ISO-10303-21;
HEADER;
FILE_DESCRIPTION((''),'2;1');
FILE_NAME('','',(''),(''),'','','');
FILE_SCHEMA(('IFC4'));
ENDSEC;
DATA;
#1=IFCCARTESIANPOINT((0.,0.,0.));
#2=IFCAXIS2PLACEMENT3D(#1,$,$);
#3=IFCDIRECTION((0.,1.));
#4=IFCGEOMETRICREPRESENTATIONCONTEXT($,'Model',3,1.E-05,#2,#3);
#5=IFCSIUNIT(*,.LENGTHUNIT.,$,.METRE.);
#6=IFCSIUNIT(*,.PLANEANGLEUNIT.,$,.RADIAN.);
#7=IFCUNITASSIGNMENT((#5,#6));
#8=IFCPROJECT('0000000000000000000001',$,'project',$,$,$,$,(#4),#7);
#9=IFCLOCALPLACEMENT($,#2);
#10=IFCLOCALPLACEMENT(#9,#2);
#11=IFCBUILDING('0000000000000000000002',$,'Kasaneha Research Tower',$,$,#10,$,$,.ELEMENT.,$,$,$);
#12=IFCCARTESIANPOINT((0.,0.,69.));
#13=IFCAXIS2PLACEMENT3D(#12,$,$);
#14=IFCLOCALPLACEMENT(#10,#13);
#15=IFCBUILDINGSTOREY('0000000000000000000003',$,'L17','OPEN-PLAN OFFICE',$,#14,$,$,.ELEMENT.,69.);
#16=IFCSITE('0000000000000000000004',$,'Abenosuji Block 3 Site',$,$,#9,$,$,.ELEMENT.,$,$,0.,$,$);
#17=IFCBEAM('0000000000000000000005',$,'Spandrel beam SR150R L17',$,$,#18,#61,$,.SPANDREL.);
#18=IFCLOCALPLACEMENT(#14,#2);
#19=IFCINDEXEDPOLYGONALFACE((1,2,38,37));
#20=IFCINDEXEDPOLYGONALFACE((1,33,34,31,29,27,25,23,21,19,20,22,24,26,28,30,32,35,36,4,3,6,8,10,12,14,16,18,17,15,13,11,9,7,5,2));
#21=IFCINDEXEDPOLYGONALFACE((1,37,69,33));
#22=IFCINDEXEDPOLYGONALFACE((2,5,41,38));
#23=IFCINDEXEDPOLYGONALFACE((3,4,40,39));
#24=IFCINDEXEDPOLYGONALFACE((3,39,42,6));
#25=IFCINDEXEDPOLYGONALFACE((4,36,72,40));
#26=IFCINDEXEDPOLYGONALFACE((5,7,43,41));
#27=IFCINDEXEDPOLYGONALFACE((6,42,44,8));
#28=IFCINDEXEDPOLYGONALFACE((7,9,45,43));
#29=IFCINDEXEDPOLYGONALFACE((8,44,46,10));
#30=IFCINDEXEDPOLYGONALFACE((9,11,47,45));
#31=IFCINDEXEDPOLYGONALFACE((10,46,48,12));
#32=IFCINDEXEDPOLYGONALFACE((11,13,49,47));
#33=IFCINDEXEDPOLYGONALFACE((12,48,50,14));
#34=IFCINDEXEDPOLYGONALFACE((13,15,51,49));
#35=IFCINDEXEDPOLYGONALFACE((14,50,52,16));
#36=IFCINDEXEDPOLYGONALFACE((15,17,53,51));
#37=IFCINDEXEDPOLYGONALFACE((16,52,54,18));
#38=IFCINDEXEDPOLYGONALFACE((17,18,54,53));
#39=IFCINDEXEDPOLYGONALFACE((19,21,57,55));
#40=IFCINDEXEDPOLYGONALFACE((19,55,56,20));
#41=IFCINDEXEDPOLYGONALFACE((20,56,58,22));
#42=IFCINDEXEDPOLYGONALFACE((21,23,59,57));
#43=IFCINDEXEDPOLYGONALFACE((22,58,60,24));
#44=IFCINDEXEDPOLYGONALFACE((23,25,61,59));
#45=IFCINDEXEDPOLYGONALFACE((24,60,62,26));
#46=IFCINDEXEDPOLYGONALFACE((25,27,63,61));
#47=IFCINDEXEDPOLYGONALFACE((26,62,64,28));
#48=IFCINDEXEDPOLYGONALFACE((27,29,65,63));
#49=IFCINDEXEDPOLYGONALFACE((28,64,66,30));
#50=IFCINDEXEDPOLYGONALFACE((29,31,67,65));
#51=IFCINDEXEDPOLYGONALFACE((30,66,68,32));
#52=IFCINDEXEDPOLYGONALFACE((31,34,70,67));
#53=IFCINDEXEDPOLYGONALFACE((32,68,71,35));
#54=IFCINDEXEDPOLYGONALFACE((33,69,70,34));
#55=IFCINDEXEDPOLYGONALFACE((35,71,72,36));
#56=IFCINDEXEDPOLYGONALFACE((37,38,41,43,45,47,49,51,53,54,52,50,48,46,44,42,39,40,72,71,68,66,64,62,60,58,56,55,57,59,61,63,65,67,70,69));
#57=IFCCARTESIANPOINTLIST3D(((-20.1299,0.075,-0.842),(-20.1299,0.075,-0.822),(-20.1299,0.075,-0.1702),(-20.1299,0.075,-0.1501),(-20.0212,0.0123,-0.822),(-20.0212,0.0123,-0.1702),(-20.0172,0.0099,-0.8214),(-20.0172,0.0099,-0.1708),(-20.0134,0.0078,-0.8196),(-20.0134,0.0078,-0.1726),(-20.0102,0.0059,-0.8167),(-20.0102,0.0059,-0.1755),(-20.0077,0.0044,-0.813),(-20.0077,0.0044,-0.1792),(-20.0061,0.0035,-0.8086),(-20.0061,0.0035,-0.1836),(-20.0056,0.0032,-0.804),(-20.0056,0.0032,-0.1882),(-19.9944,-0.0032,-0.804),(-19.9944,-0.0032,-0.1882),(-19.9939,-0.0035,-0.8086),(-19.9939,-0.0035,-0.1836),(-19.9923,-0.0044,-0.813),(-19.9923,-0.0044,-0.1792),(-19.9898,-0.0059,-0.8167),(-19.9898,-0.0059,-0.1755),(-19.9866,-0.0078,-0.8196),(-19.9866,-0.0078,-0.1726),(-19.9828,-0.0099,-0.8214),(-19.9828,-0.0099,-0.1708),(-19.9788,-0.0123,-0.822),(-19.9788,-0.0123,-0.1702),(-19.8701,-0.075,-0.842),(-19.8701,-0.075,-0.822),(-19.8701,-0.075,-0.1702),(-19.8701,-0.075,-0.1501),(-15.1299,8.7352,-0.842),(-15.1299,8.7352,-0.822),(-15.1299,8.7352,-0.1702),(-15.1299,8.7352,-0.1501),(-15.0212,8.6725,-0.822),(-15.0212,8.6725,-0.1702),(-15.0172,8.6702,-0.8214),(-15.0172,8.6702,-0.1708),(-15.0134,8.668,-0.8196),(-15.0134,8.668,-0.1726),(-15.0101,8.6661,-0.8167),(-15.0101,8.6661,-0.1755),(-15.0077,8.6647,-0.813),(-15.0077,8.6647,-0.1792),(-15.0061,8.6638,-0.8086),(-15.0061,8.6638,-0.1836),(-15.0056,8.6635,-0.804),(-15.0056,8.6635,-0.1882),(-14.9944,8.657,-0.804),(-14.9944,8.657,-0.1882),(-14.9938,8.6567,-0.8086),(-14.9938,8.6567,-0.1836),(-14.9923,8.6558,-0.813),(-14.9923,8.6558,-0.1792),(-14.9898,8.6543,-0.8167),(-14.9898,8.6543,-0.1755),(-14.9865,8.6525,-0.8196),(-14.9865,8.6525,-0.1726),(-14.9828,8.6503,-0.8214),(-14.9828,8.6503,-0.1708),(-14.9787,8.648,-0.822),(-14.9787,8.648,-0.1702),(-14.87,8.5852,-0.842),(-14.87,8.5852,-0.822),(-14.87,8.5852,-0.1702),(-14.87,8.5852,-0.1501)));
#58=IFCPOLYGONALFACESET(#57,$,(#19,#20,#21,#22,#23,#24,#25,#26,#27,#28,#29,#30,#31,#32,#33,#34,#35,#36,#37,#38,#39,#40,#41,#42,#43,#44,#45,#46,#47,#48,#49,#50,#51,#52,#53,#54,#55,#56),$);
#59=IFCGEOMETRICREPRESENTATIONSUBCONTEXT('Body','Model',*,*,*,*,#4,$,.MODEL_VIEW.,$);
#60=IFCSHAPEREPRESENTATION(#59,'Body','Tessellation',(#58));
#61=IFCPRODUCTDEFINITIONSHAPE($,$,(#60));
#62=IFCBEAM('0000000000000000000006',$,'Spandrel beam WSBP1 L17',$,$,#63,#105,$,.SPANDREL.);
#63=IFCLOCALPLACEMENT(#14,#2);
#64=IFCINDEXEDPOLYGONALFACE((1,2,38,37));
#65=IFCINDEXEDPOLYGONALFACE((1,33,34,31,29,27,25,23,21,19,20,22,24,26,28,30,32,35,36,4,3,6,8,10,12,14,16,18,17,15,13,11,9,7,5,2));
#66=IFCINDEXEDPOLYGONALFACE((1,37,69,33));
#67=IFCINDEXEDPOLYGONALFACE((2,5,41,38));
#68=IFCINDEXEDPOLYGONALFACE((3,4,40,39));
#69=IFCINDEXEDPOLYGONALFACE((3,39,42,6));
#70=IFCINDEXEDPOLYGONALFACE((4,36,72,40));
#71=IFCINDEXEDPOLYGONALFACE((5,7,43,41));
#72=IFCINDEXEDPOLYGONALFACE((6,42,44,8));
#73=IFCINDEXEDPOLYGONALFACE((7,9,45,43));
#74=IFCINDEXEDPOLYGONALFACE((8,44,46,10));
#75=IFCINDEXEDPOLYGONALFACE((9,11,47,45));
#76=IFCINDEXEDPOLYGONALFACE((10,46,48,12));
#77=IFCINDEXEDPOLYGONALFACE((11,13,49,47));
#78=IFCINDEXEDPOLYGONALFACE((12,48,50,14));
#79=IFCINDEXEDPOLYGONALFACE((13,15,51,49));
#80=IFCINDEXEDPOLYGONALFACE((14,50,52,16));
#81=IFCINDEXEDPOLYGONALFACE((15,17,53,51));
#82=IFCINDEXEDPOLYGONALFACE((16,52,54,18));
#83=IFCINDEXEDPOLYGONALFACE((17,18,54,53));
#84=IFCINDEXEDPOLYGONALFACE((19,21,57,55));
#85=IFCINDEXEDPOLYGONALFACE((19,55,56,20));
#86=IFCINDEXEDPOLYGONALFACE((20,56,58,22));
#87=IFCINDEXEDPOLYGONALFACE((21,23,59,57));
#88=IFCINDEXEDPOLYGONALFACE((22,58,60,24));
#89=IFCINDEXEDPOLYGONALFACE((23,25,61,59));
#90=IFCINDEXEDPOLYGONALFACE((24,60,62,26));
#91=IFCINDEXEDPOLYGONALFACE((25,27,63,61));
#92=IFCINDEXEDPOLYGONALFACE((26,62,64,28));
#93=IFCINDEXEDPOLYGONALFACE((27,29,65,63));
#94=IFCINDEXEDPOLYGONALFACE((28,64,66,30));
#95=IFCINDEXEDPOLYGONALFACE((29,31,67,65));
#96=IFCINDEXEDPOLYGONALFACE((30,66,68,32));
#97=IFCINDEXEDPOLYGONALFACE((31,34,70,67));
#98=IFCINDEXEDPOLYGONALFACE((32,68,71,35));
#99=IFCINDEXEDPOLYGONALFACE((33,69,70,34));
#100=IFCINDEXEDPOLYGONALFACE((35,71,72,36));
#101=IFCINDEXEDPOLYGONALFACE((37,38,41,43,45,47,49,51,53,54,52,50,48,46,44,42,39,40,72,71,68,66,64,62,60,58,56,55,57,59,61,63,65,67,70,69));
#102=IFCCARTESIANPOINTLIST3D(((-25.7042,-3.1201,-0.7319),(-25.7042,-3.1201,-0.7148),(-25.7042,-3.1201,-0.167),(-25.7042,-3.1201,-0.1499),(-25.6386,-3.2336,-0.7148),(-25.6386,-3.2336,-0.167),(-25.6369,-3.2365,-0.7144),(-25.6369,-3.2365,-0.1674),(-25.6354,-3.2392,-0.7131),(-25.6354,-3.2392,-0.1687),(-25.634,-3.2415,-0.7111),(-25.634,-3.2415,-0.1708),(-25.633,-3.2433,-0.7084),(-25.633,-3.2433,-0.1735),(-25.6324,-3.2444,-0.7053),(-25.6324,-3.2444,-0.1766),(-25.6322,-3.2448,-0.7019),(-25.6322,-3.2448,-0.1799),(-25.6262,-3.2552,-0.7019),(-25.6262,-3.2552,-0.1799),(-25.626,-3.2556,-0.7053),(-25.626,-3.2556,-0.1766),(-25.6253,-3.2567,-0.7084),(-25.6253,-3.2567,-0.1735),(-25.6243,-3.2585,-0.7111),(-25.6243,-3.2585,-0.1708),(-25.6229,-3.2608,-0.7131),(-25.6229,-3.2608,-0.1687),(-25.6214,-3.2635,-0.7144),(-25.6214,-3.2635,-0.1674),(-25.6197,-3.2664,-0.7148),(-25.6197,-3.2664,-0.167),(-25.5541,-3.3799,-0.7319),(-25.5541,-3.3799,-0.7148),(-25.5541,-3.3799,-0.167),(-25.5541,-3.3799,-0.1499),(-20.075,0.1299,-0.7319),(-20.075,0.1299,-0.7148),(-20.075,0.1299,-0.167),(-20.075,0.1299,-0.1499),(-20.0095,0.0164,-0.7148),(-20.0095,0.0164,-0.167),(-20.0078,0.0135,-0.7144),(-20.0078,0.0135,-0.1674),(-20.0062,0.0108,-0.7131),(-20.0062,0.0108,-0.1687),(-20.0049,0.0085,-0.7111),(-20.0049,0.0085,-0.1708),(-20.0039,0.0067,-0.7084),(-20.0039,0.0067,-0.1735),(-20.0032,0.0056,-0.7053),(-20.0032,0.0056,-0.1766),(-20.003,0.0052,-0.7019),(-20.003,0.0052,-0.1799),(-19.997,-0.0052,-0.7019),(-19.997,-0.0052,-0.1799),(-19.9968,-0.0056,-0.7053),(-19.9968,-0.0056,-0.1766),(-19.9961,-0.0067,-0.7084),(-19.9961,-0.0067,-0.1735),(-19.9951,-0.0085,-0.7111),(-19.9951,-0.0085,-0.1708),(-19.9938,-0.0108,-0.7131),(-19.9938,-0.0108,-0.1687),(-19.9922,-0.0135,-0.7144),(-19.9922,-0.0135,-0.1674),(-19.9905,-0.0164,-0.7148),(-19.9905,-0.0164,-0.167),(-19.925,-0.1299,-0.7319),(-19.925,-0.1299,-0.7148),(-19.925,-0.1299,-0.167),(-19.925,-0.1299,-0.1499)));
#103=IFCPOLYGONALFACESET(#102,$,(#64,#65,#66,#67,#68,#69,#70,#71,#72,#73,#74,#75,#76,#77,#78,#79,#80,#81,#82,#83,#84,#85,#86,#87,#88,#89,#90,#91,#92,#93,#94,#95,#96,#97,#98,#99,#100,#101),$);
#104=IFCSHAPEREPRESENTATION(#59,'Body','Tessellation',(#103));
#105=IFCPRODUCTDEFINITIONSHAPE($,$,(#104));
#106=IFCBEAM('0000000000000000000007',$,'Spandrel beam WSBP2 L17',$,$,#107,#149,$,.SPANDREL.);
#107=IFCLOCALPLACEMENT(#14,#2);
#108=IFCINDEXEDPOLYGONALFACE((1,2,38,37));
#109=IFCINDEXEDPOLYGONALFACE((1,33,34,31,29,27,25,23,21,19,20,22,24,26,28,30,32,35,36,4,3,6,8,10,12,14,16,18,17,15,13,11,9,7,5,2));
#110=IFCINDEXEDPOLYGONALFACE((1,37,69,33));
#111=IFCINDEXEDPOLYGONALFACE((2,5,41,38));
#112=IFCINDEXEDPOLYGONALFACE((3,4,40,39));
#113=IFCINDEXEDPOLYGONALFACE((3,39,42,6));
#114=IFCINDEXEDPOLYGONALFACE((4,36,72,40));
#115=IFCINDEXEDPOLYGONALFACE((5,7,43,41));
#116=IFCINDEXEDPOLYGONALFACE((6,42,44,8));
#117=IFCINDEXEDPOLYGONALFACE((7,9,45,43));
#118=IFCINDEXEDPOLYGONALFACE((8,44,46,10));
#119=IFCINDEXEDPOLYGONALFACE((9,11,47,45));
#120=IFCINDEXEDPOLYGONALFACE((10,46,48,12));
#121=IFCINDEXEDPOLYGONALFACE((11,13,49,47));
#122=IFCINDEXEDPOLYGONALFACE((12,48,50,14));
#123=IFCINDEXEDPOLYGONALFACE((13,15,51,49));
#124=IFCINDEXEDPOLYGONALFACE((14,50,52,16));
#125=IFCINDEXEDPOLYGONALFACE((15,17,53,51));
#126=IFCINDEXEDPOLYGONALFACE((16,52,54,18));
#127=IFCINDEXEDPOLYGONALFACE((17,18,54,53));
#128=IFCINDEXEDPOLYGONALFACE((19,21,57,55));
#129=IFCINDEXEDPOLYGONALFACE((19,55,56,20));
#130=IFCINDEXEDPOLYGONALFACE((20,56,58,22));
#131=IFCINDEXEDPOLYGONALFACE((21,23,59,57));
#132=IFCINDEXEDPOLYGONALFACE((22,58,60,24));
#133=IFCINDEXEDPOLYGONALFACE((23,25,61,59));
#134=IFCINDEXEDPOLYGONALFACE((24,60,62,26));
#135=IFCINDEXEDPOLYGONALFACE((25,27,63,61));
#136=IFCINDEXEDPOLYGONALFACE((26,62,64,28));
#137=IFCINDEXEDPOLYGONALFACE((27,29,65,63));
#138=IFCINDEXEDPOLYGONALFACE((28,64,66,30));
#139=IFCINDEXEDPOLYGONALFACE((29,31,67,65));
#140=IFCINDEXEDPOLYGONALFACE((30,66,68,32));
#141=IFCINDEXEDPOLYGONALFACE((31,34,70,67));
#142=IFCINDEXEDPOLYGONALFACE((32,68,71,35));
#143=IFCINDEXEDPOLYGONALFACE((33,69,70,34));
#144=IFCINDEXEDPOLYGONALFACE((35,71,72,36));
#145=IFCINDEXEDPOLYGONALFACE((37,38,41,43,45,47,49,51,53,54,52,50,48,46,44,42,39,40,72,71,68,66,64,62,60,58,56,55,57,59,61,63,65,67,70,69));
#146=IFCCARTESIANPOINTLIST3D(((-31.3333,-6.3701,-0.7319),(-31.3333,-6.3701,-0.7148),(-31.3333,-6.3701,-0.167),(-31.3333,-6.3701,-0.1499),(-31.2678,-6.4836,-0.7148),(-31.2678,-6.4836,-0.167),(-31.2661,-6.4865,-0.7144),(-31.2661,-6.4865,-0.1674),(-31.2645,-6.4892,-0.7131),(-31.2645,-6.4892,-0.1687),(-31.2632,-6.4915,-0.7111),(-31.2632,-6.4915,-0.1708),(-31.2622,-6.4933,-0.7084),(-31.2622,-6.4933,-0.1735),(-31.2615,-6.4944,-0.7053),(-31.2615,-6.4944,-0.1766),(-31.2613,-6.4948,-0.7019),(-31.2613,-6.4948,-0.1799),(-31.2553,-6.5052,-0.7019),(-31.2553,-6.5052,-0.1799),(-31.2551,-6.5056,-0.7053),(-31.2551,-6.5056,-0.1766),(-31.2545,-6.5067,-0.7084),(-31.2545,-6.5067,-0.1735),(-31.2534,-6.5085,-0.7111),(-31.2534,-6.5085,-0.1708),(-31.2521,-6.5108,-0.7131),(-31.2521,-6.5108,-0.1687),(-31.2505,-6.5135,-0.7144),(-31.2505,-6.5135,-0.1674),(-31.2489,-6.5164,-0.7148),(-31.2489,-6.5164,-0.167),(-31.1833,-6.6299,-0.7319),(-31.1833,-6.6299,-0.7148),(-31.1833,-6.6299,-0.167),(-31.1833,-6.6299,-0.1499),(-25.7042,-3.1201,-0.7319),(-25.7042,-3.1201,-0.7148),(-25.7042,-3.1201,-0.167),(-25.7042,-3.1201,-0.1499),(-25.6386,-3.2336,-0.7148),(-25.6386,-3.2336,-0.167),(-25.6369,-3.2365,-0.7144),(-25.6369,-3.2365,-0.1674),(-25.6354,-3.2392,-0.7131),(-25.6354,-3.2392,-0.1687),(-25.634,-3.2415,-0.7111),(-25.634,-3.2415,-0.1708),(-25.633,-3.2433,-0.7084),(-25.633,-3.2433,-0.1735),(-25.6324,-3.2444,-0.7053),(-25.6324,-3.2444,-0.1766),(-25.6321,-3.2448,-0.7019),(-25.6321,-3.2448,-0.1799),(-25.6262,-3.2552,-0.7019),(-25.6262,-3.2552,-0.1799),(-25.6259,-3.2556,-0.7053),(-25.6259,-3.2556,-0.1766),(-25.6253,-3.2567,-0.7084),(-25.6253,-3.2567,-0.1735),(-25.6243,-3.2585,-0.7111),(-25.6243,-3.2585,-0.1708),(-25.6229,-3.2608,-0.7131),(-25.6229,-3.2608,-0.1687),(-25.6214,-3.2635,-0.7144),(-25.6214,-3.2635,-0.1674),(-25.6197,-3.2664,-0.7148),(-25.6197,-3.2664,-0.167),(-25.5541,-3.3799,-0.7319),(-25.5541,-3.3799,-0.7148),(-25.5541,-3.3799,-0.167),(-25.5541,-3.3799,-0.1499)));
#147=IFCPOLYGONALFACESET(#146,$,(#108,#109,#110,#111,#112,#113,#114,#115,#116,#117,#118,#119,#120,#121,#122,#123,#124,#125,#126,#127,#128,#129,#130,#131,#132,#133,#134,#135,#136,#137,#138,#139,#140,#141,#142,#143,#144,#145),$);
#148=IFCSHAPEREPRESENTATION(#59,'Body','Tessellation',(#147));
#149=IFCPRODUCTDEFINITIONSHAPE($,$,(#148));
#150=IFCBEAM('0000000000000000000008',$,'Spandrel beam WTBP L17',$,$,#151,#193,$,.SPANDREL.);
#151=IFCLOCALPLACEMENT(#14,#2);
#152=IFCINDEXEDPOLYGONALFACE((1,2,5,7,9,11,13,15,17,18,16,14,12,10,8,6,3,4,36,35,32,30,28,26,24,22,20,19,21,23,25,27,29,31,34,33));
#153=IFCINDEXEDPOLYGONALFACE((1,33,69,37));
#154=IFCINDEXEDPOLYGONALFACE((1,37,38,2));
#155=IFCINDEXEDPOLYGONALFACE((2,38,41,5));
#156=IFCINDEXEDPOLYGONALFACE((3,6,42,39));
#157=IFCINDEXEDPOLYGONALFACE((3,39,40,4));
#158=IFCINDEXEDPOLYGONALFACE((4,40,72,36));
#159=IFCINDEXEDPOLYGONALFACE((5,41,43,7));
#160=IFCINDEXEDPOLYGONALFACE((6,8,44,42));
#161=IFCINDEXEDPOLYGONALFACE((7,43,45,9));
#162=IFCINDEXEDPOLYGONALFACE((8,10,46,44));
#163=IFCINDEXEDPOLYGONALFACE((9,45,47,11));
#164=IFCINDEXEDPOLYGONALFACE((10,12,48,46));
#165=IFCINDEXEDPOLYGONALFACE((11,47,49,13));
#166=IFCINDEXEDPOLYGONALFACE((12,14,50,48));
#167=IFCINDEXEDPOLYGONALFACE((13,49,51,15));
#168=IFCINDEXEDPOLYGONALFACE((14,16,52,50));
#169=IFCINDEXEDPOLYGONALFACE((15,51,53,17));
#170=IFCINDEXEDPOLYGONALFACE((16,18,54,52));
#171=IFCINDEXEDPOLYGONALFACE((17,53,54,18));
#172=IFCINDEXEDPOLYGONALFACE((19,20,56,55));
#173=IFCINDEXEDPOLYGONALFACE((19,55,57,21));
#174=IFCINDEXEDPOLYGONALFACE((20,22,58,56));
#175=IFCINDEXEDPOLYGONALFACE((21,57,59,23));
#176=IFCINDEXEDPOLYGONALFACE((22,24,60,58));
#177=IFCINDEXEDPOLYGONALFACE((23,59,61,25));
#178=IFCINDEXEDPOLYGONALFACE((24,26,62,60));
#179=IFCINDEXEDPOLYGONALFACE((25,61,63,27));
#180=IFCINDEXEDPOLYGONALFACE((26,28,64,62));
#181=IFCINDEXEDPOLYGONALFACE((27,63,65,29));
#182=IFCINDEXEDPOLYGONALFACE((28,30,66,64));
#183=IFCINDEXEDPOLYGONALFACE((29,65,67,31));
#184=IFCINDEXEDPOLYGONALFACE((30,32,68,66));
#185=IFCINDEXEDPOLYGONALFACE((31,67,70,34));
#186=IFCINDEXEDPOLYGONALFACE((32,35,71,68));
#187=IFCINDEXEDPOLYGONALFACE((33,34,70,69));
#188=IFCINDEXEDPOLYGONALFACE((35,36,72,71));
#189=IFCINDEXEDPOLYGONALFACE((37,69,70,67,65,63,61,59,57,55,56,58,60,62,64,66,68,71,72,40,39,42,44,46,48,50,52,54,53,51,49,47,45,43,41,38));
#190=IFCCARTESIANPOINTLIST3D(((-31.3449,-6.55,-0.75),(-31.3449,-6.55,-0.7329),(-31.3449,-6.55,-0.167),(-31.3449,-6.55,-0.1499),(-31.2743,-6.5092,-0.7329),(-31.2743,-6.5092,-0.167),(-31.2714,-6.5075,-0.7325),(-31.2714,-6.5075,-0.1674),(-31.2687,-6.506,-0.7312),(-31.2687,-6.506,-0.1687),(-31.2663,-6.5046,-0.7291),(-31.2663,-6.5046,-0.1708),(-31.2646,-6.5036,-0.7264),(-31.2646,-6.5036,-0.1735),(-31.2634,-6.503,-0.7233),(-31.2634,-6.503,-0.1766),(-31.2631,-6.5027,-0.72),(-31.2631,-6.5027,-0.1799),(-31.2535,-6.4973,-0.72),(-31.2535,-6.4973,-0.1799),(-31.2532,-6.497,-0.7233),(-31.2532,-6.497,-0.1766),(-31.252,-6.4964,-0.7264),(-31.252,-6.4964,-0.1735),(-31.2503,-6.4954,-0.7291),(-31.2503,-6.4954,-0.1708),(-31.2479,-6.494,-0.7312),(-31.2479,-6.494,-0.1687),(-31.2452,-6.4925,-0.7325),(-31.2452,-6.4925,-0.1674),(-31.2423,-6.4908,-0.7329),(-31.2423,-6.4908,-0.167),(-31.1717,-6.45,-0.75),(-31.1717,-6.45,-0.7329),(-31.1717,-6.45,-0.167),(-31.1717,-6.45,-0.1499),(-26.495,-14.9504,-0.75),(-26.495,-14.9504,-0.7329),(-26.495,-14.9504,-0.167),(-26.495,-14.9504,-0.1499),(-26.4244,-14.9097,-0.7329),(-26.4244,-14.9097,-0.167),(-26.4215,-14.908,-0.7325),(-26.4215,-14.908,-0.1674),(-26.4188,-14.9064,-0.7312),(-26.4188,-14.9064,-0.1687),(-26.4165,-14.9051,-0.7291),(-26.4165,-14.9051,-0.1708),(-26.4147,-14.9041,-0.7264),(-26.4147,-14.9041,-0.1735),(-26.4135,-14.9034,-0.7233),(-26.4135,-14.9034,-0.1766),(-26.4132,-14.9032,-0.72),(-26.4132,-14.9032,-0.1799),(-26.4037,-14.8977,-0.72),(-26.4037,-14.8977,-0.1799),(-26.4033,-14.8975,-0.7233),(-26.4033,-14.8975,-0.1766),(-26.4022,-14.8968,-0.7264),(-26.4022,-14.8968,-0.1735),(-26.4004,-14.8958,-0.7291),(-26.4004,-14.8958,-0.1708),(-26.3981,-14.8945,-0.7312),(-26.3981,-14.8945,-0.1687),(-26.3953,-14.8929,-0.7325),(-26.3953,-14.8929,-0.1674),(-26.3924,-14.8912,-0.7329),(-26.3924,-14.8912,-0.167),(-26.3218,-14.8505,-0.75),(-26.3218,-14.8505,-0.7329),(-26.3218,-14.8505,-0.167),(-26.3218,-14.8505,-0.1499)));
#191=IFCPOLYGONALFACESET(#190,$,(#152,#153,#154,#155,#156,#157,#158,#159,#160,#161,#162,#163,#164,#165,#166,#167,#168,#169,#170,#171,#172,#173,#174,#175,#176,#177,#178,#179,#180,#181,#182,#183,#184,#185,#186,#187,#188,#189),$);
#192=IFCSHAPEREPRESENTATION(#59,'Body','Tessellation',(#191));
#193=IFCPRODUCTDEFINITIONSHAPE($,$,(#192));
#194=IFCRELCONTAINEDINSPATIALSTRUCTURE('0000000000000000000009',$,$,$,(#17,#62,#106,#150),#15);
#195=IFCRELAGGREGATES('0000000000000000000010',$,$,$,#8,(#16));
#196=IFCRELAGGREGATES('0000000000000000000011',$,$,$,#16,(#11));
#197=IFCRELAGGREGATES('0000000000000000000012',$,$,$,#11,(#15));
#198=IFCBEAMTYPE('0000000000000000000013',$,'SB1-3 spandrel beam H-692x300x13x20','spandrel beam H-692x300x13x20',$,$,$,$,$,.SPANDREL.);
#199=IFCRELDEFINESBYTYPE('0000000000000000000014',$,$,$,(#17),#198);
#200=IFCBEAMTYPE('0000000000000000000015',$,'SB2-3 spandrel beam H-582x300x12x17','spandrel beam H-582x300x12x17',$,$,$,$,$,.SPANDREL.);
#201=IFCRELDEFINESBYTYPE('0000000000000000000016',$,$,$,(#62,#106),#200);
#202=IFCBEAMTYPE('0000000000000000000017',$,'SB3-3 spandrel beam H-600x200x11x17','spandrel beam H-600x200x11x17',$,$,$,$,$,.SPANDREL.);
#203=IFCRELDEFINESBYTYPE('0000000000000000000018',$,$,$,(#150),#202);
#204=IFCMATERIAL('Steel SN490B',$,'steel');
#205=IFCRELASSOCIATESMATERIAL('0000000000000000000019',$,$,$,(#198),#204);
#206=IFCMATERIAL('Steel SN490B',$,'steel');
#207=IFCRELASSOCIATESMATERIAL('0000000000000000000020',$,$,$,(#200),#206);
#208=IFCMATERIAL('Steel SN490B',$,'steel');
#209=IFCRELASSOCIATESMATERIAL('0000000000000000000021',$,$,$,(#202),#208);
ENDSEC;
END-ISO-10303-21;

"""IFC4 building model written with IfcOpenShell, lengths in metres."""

from ifc_helpers import new_model, si_unit, direction, frame, origin, origin_2d, place, context, subcontext, project, spatial, i_section, extrude, material, material_profile, profile_set, type_object, element, save


model = new_model("IFC4")

# Units and contexts
model_context = context("Model", 3, precision=1e-05, world=origin(), true_north=direction((0.0, 1.0)))
body_context = subcontext(model_context, "Body", "Model", "MODEL_VIEW")
ifc_project = project(units=[si_unit("LENGTHUNIT", "METRE"), si_unit("PLANEANGLEUNIT", "RADIAN")], contexts=[model_context])

# Site, building, storey
site_placement = place(None, origin())
site = spatial("IfcSite", under=ifc_project, at=site_placement, Name="Abenosuji Block 3 Site", CompositionType="ELEMENT", RefElevation=0.0)
building_placement = place(site_placement, origin())
building = spatial("IfcBuilding", under=site, at=building_placement, Name="Kasaneha Research Tower", CompositionType="ELEMENT")
storey_placement = place(building_placement, frame((0.0, 0.0, 69.0)))
storey = spatial("IfcBuildingStorey", under=building, at=storey_placement, Name="L17", Description="OPEN-PLAN OFFICE", CompositionType="ELEMENT", Elevation=69.0)

# Beams
ifc_material_1 = material(Name="Steel SN490B", Category="steel")
ifc_material_profile_1 = material_profile(ifc_material_1, i_section(OverallWidth=0.3, OverallDepth=0.6919, WebThickness=0.0129, FlangeThickness=0.02, FilletRadius=0.0181, at=origin_2d()), Name="H-692x300x13x20")
ifc_profile_set_1 = profile_set([ifc_material_profile_1], Name="Steel SN490B")
beam_type_1 = type_object("IfcBeamType", Name="SB1-3 spandrel beam H-692x300x13x20", Description="spandrel beam H-692x300x13x20", PredefinedType="SPANDREL", material=ifc_profile_set_1)
beam_1_placement = place(storey_placement, frame((-20.0, 0.0, -0.4961), z_axis=(0.500004, 0.866023, 0.0), x_axis=(-0.866023, 0.500004, 0.0)))
element("IfcBeam", 1, at=beam_1_placement, inside=storey, type_object=beam_type_1, Name="Spandrel beam SR150R L17", PredefinedType="SPANDREL", context=body_context, shape_type="SweptSolid", body=[
    extrude(i_section(OverallWidth=0.3, OverallDepth=0.6919, WebThickness=0.0129, FlangeThickness=0.02, FilletRadius=0.0181, at=origin_2d()), origin(), (0.0, 0.0, 1.0), 10.0),
])
ifc_material_2 = material(Name="Steel SN490B", Category="steel")
ifc_material_profile_2 = material_profile(ifc_material_2, i_section(OverallWidth=0.3, OverallDepth=0.582, WebThickness=0.012, FlangeThickness=0.0171, FilletRadius=0.0129, at=origin_2d()), Name="H-582x300x12x17")
ifc_profile_set_2 = profile_set([ifc_material_profile_2], Name="Steel SN490B")
beam_type_2 = type_object("IfcBeamType", Name="SB2-3 spandrel beam H-582x300x12x17", Description="spandrel beam H-582x300x12x17", PredefinedType="SPANDREL", material=ifc_profile_set_2)
for number, where, z_axis, x_axis, name in (
    (2, (-20.0, 0.0, -0.4409), (-0.866025, -0.500001, 0.0), (0.500001, -0.866025, 0.0), "Spandrel beam WSBP1 L17"),
    (3, (-25.6292, -3.25, -0.4409), (-0.866025, -0.500001, 0.0), (0.500001, -0.866025, 0.0), "Spandrel beam WSBP2 L17"),
):
    element("IfcBeam", number, at=place(storey_placement, frame(where, z_axis=z_axis, x_axis=x_axis)), inside=storey, type_object=beam_type_2, Name=name, PredefinedType="SPANDREL", context=body_context, shape_type="SweptSolid", body=[
        extrude(i_section(OverallWidth=0.3, OverallDepth=0.582, WebThickness=0.012, FlangeThickness=0.0171, FilletRadius=0.0129, at=origin_2d()), origin(), (0.0, 0.0, 1.0), 6.5),
    ])
ifc_material_3 = material(Name="Steel SN490B", Category="steel")
ifc_material_profile_3 = material_profile(ifc_material_3, i_section(OverallWidth=0.2, OverallDepth=0.6001, WebThickness=0.011, FlangeThickness=0.0171, FilletRadius=0.0129, at=origin_2d()), Name="H-600x200x11x17")
ifc_profile_set_3 = profile_set([ifc_material_profile_3], Name="Steel SN490B")
beam_type_3 = type_object("IfcBeamType", Name="SB3-3 spandrel beam H-600x200x11x17", Description="spandrel beam H-600x200x11x17", PredefinedType="SPANDREL", material=ifc_profile_set_3)
beam_2_placement = place(storey_placement, frame((-31.2583, -6.5, -0.45), z_axis=(0.499991, -0.866031, 0.0), x_axis=(0.866031, 0.499991, 0.0)))
element("IfcBeam", 4, at=beam_2_placement, inside=storey, type_object=beam_type_3, Name="Spandrel beam WTBP L17", PredefinedType="SPANDREL", context=body_context, shape_type="SweptSolid", body=[
    extrude(i_section(OverallWidth=0.2, OverallDepth=0.6001, WebThickness=0.011, FlangeThickness=0.0171, FilletRadius=0.0129, at=origin_2d()), origin(), (0.0, 0.0, 1.0), 9.7),
])

save(model, "model.ifc")
